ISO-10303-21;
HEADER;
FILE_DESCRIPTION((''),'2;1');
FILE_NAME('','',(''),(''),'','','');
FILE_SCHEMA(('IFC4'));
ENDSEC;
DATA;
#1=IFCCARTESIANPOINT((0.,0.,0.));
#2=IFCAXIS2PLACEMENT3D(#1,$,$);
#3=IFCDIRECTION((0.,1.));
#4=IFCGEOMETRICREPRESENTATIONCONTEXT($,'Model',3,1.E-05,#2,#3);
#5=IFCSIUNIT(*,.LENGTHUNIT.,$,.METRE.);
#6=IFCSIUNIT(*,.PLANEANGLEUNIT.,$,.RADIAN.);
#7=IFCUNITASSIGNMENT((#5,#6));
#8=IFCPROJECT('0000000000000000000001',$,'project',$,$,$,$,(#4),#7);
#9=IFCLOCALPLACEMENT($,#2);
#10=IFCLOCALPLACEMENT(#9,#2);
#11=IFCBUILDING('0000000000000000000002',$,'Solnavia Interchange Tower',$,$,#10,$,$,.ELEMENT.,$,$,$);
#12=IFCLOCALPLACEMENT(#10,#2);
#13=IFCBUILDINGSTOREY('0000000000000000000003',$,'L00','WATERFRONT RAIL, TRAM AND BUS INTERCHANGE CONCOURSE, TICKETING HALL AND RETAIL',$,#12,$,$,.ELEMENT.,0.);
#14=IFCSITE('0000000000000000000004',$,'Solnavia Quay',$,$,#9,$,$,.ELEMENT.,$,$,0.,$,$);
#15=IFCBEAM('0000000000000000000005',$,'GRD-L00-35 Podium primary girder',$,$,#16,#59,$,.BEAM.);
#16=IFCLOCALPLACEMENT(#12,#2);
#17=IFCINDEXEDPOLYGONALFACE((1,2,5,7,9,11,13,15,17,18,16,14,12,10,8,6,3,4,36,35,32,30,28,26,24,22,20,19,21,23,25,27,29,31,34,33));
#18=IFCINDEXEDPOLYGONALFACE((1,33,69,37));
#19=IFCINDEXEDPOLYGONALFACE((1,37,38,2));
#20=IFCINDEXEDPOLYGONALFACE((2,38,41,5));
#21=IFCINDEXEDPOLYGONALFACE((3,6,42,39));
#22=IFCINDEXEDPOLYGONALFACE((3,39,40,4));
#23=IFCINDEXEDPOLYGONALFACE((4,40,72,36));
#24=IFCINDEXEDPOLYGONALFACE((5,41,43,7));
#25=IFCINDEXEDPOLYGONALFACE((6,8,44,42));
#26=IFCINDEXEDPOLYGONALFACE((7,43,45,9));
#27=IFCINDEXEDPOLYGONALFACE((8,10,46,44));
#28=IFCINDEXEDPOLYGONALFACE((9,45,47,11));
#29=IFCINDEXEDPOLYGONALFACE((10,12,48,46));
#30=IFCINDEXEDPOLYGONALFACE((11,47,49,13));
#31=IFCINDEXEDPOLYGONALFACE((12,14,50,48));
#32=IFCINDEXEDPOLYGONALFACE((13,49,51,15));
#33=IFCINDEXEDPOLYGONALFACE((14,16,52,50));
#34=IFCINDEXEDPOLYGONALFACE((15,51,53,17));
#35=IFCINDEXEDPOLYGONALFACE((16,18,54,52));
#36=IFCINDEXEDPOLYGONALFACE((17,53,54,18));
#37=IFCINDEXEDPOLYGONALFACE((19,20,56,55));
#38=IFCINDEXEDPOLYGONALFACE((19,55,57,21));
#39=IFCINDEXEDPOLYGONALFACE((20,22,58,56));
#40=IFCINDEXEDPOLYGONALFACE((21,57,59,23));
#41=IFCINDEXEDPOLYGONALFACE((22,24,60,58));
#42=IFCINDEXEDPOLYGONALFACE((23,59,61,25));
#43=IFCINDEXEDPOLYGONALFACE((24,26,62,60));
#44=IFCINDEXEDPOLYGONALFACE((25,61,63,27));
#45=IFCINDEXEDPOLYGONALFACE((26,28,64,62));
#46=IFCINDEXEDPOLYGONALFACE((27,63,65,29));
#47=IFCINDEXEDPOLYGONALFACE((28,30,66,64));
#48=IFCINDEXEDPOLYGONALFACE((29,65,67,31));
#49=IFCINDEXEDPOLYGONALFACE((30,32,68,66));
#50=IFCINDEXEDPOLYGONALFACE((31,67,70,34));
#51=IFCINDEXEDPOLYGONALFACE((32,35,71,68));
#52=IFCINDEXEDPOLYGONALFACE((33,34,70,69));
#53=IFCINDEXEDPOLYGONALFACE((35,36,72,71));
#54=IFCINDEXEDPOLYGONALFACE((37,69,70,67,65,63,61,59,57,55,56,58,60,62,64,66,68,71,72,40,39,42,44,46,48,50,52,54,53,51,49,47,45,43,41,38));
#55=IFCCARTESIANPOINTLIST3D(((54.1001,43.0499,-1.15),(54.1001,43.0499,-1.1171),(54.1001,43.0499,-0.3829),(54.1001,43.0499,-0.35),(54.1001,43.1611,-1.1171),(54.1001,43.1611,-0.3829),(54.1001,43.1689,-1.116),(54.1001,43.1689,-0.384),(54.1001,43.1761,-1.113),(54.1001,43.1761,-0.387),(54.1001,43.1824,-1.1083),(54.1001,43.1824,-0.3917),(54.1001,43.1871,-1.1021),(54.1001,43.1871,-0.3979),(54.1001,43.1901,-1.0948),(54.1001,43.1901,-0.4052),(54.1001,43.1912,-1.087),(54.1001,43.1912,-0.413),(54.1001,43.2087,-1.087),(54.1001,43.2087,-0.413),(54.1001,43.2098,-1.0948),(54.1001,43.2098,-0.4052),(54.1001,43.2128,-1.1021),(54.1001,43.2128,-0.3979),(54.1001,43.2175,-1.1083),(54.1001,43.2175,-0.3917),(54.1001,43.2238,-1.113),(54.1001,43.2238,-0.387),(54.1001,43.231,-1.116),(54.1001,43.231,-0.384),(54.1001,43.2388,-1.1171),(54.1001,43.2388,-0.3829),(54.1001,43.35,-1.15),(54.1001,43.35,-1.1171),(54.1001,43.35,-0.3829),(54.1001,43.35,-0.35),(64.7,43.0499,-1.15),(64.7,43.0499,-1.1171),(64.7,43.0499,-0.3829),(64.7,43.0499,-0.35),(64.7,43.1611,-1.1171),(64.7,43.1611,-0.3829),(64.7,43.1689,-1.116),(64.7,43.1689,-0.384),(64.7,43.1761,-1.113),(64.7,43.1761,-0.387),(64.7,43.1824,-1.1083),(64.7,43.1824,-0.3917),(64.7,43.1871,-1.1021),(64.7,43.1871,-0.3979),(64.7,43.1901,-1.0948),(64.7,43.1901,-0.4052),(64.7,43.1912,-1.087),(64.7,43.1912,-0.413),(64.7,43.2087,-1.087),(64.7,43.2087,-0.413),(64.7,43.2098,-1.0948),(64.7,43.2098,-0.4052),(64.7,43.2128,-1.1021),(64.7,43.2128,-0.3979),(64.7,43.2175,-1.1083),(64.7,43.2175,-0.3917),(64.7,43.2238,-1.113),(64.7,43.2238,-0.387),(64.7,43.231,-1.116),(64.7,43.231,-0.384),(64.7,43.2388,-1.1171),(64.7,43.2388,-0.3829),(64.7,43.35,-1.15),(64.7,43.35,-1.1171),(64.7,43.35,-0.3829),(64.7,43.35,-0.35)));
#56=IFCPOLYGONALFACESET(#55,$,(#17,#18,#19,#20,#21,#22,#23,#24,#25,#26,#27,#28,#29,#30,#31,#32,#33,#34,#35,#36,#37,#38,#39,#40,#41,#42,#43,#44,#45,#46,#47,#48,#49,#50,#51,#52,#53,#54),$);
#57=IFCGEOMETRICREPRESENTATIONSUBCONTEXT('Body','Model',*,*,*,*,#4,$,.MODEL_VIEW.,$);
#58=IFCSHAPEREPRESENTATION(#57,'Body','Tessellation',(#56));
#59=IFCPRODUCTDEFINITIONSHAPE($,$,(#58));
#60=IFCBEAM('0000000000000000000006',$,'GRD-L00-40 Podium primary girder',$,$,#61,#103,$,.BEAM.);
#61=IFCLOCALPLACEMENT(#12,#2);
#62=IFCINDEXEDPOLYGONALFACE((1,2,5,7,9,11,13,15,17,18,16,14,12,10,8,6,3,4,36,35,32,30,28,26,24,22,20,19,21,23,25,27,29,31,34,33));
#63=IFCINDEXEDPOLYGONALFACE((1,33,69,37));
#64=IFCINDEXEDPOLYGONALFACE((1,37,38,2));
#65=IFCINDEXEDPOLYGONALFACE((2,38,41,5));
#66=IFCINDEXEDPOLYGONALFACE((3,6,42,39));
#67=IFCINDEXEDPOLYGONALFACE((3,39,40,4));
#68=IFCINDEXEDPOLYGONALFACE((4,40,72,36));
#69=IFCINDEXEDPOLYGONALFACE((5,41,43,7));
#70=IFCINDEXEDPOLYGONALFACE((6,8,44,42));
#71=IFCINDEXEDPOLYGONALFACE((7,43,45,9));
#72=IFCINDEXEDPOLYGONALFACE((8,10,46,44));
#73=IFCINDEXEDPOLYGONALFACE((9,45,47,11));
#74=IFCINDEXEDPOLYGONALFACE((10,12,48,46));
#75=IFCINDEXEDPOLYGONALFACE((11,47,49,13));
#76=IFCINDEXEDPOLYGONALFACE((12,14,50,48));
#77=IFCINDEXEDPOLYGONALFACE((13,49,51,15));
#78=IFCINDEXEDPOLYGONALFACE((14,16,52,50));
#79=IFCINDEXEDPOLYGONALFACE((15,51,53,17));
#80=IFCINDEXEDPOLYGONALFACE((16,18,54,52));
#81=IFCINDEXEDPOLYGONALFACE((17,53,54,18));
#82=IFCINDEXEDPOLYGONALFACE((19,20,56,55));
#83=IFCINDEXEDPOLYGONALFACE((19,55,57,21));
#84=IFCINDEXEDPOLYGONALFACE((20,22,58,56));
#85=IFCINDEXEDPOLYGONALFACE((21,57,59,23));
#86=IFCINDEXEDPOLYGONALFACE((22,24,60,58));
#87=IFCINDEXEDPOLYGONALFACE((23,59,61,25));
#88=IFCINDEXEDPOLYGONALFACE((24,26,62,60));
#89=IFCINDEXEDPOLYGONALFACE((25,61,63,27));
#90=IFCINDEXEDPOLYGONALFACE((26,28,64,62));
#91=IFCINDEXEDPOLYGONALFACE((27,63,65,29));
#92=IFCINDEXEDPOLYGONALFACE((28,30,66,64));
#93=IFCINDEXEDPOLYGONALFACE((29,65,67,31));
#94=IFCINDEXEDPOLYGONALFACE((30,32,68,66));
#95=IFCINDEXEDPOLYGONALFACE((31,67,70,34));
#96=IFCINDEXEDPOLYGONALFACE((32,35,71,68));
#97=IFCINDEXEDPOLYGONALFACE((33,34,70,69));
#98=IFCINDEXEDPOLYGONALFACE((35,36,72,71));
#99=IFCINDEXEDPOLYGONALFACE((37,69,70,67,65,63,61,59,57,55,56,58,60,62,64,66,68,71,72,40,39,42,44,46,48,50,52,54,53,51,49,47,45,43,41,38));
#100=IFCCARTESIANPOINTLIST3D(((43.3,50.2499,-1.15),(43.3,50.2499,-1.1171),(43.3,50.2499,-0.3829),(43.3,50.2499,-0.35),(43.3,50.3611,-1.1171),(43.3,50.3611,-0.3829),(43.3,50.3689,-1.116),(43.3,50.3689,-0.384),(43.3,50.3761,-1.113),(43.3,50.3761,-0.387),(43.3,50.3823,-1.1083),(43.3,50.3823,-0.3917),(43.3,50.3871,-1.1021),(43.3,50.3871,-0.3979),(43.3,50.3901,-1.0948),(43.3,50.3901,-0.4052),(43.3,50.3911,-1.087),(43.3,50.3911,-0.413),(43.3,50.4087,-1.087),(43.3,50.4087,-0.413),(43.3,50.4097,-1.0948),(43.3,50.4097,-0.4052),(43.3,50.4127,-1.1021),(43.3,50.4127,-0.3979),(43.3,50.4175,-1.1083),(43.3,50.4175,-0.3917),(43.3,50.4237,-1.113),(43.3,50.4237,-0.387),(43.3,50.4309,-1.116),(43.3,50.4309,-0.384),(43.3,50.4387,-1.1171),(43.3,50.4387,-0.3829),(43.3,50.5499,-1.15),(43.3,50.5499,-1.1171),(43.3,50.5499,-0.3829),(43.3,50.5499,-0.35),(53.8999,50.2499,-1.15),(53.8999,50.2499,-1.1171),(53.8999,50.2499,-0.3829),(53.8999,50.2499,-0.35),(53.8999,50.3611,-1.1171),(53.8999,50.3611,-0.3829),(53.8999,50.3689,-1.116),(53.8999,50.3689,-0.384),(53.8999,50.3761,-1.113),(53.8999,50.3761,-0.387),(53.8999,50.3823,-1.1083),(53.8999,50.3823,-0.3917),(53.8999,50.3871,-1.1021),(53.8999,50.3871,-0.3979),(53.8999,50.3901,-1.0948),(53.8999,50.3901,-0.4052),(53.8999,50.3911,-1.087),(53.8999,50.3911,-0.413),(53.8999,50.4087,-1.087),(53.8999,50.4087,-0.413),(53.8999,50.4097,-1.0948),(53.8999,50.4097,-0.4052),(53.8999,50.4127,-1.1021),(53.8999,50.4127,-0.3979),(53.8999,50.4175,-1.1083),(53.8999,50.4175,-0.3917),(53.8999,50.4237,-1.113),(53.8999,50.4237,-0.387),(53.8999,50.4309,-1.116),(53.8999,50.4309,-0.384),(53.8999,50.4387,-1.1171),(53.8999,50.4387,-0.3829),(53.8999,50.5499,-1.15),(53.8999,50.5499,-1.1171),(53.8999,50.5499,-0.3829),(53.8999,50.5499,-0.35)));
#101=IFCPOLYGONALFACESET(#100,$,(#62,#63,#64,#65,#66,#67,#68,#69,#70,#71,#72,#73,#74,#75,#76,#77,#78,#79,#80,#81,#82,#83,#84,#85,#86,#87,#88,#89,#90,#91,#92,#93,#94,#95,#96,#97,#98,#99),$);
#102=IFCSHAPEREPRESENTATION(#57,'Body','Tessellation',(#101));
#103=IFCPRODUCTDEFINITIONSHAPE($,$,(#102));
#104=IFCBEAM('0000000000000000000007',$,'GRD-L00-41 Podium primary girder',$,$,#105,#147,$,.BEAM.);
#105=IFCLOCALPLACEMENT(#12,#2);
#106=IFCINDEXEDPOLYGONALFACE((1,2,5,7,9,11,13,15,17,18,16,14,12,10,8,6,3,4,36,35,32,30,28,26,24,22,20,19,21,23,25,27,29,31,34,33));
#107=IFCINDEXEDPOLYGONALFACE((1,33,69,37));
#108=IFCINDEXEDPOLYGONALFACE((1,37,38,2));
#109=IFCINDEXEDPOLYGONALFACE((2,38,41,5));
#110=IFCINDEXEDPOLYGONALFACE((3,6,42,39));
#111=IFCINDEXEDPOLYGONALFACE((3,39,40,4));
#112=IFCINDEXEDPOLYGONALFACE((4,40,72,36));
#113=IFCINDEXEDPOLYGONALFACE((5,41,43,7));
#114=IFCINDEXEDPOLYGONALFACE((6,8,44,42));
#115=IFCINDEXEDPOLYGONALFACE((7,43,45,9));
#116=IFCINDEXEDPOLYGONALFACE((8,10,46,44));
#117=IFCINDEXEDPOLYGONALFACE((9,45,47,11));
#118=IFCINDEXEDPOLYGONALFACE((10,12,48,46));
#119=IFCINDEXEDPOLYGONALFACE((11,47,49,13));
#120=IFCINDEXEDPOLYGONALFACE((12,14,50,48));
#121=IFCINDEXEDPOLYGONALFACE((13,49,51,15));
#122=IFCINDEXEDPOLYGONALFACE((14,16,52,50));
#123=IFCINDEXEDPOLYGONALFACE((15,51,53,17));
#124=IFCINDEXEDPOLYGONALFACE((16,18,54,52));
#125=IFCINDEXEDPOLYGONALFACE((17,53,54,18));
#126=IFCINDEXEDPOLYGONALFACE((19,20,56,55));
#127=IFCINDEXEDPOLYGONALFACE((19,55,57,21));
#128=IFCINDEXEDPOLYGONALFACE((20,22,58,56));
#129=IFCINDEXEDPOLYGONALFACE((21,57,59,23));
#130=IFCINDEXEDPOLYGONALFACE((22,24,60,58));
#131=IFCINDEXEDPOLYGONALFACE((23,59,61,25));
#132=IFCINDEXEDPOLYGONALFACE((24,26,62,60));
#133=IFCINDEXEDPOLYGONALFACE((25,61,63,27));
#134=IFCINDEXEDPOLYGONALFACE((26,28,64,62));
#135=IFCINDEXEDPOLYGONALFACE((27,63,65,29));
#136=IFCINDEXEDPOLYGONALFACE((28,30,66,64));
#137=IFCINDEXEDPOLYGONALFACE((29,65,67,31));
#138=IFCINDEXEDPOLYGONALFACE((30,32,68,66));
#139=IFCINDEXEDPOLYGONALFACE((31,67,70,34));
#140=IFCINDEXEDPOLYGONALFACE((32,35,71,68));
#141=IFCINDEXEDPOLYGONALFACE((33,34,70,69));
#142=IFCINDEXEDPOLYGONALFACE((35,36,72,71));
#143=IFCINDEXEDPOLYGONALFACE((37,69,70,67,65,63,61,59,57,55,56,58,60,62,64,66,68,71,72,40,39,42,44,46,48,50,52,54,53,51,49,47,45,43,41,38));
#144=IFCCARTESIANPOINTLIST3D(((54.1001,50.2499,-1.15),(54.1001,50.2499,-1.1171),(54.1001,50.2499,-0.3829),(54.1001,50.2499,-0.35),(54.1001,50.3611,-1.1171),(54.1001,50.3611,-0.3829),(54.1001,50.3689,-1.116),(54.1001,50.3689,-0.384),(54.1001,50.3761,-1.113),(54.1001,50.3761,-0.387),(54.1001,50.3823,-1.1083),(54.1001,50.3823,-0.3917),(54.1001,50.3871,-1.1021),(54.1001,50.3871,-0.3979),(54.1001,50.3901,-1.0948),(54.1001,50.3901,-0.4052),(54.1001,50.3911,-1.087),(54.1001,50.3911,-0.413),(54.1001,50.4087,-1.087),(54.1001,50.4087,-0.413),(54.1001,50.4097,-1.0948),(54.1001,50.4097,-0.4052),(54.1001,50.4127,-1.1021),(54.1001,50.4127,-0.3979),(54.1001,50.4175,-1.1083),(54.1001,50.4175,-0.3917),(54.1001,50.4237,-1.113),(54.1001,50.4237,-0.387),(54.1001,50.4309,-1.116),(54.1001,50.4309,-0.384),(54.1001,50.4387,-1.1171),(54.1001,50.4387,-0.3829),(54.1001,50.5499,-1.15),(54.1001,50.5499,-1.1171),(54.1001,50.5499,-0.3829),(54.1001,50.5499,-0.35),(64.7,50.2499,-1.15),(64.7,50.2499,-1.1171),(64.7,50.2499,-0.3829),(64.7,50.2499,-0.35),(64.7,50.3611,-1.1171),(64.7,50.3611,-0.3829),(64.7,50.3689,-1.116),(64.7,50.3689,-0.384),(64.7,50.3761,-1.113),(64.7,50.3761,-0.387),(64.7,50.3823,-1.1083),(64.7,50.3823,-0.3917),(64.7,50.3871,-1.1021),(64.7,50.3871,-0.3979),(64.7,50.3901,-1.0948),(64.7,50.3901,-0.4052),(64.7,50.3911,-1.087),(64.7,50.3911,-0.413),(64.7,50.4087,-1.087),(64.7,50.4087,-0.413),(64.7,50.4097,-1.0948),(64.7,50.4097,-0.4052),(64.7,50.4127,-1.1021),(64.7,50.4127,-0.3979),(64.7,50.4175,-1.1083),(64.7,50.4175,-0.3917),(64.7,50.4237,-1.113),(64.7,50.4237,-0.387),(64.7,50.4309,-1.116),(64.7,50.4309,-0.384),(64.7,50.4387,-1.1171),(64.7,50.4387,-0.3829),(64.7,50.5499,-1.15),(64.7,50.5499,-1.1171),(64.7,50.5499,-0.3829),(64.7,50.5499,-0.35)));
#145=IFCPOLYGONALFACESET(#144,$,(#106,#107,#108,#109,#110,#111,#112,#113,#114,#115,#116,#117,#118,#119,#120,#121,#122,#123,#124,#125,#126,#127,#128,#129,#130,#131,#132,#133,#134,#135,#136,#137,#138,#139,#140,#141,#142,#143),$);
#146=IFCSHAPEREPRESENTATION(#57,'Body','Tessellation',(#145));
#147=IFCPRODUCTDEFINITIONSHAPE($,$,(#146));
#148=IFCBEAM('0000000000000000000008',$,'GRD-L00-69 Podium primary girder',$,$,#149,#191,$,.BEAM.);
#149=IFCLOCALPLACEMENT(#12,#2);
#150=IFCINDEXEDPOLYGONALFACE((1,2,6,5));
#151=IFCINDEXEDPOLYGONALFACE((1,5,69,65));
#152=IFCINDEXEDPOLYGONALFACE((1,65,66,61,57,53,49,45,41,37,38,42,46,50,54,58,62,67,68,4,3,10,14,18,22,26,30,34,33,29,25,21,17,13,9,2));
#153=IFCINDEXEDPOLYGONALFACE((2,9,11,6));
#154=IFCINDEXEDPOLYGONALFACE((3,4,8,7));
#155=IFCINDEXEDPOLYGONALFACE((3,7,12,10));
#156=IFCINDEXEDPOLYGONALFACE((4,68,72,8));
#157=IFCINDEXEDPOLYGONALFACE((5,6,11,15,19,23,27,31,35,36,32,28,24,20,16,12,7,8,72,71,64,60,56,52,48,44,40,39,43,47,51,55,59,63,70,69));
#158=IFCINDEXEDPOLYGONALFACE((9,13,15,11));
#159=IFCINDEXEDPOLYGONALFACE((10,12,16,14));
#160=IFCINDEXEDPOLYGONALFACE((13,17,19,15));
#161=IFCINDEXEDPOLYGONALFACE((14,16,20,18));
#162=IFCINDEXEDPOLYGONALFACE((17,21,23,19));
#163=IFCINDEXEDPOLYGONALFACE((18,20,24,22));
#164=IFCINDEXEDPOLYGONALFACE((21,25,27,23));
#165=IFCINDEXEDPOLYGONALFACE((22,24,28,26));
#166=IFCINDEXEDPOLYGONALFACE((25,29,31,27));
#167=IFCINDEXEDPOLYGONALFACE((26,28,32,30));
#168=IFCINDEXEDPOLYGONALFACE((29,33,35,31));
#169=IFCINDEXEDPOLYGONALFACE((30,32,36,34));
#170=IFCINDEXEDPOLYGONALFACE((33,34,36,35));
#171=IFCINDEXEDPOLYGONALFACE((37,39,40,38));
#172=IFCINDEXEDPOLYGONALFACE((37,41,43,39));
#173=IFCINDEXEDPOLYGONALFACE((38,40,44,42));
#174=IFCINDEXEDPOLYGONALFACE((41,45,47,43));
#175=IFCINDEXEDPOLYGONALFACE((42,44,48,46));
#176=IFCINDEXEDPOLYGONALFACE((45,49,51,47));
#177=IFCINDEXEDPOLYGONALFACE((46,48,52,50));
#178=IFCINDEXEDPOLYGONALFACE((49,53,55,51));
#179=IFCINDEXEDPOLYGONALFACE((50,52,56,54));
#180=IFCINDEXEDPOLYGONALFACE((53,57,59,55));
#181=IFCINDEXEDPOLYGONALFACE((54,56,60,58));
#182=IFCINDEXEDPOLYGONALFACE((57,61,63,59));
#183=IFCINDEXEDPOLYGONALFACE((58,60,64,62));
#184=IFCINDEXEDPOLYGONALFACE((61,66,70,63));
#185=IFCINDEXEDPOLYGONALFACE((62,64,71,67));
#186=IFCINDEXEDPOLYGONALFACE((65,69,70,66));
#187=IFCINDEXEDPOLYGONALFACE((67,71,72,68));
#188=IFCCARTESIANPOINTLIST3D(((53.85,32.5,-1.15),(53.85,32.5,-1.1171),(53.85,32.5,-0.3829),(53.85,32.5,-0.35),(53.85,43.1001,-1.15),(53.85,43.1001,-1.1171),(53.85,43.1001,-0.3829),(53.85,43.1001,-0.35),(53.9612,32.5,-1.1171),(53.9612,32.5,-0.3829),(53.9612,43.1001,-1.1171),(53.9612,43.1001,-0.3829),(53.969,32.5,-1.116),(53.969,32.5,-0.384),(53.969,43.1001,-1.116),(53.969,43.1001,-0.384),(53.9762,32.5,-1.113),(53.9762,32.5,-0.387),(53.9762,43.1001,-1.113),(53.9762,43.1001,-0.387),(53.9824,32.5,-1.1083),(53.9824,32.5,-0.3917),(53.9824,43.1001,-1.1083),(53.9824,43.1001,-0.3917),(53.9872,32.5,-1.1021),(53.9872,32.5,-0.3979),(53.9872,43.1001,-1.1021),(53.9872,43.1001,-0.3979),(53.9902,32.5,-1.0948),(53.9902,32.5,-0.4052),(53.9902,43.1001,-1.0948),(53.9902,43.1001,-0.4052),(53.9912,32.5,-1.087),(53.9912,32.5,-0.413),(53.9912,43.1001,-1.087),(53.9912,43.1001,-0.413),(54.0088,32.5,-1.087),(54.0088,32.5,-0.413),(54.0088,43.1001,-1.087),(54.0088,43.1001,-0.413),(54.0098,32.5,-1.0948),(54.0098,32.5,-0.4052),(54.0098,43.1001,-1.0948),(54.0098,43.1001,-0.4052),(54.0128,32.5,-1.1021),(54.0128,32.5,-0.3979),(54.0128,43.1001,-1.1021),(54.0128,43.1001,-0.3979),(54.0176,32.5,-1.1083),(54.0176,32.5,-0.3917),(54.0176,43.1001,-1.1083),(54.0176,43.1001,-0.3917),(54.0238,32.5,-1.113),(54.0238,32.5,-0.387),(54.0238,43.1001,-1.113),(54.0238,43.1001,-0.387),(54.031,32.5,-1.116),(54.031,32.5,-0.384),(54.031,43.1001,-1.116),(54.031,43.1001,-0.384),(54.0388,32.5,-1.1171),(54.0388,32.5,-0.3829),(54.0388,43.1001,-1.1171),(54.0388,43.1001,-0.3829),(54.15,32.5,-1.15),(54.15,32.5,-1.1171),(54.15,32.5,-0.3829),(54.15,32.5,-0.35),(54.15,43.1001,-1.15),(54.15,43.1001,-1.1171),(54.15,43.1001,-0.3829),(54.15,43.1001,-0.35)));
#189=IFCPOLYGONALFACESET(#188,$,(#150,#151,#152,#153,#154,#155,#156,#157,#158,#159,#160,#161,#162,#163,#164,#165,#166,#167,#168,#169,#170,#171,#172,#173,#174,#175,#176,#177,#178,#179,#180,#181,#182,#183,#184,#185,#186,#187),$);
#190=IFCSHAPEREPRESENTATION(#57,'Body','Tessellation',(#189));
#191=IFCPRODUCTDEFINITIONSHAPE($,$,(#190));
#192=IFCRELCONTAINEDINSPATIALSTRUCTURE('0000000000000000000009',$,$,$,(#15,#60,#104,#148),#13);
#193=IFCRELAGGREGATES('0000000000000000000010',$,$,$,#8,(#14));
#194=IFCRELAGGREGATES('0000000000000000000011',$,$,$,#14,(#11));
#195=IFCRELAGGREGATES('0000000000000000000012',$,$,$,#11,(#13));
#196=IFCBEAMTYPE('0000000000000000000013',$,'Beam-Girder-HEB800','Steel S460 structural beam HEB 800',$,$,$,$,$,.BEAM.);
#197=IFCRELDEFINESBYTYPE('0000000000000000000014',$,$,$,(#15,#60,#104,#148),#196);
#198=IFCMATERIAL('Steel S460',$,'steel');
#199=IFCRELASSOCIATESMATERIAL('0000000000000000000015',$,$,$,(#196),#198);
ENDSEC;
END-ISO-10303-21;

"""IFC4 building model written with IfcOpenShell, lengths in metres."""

from ifc_helpers import new_model, si_unit, direction, frame, origin, origin_2d, place, context, subcontext, project, spatial, i_section, extrude, material, material_profile, profile_set, type_object, element, save


model = new_model("IFC4")

# Units and contexts
model_context = context("Model", 3, precision=1e-05, world=origin(), true_north=direction((0.0, 1.0)))
body_context = subcontext(model_context, "Body", "Model", "MODEL_VIEW")
ifc_project = project(units=[si_unit("LENGTHUNIT", "METRE"), si_unit("PLANEANGLEUNIT", "RADIAN")], contexts=[model_context])

# Site, building, storey
site_placement = place(None, origin())
site = spatial("IfcSite", under=ifc_project, at=site_placement, Name="Solnavia Quay", CompositionType="ELEMENT", RefElevation=0.0)
building_placement = place(site_placement, origin())
building = spatial("IfcBuilding", under=site, at=building_placement, Name="Solnavia Interchange Tower", CompositionType="ELEMENT")
storey_placement = place(building_placement, origin())
storey = spatial("IfcBuildingStorey", under=building, at=storey_placement, Name="L00", Description="WATERFRONT RAIL, TRAM AND BUS INTERCHANGE CONCOURSE, TICKETING HALL AND RETAIL", CompositionType="ELEMENT", Elevation=0.0)

# Beams
ifc_material_1 = material(Name="Steel S460", Category="steel")
ifc_material_profile_1 = material_profile(ifc_material_1, i_section(OverallWidth=0.3, OverallDepth=0.8, WebThickness=0.0176, FlangeThickness=0.033, FilletRadius=0.03, at=origin_2d()), Name="HEB 800")
ifc_profile_set_1 = profile_set([ifc_material_profile_1], Name="Steel S460")
beam_type_1 = type_object("IfcBeamType", Name="Beam-Girder-HEB800", Description="Steel S460 structural beam HEB 800", PredefinedType="BEAM", material=ifc_profile_set_1)
for number, where, z_axis, x_axis, name in (
    (1, (54.1001, 43.2, -0.75), (1.0, 0.0, 0.0), (0.0, 1.0, 0.0), "GRD-L00-35 Podium primary girder"),
    (2, (43.3, 50.3999, -0.75), (1.0, 0.0, 0.0), (0.0, 1.0, 0.0), "GRD-L00-40 Podium primary girder"),
    (3, (54.1001, 50.3999, -0.75), (1.0, 0.0, 0.0), (0.0, 1.0, 0.0), "GRD-L00-41 Podium primary girder"),
):
    element("IfcBeam", number, at=place(storey_placement, frame(where, z_axis=z_axis, x_axis=x_axis)), inside=storey, type_object=beam_type_1, Name=name, PredefinedType="BEAM", context=body_context, shape_type="SweptSolid", body=[
        extrude(i_section(OverallWidth=0.3, OverallDepth=0.8, WebThickness=0.0176, FlangeThickness=0.033, FilletRadius=0.03, at=origin_2d()), origin(), (0.0, 0.0, 1.0), 10.5999),
    ])
beam_1_placement = place(storey_placement, frame((54.0, 32.5, -0.75), z_axis=(0.0, 1.0, 0.0), x_axis=(-1.0, 0.0, 0.0)))
element("IfcBeam", 4, at=beam_1_placement, inside=storey, type_object=beam_type_1, Name="GRD-L00-69 Podium primary girder", PredefinedType="BEAM", context=body_context, shape_type="SweptSolid", body=[
    extrude(i_section(OverallWidth=0.3, OverallDepth=0.8, WebThickness=0.0176, FlangeThickness=0.033, FilletRadius=0.03, at=origin_2d()), origin(), (0.0, 0.0, 1.0), 10.6001),
])

save(model, "model.ifc")
